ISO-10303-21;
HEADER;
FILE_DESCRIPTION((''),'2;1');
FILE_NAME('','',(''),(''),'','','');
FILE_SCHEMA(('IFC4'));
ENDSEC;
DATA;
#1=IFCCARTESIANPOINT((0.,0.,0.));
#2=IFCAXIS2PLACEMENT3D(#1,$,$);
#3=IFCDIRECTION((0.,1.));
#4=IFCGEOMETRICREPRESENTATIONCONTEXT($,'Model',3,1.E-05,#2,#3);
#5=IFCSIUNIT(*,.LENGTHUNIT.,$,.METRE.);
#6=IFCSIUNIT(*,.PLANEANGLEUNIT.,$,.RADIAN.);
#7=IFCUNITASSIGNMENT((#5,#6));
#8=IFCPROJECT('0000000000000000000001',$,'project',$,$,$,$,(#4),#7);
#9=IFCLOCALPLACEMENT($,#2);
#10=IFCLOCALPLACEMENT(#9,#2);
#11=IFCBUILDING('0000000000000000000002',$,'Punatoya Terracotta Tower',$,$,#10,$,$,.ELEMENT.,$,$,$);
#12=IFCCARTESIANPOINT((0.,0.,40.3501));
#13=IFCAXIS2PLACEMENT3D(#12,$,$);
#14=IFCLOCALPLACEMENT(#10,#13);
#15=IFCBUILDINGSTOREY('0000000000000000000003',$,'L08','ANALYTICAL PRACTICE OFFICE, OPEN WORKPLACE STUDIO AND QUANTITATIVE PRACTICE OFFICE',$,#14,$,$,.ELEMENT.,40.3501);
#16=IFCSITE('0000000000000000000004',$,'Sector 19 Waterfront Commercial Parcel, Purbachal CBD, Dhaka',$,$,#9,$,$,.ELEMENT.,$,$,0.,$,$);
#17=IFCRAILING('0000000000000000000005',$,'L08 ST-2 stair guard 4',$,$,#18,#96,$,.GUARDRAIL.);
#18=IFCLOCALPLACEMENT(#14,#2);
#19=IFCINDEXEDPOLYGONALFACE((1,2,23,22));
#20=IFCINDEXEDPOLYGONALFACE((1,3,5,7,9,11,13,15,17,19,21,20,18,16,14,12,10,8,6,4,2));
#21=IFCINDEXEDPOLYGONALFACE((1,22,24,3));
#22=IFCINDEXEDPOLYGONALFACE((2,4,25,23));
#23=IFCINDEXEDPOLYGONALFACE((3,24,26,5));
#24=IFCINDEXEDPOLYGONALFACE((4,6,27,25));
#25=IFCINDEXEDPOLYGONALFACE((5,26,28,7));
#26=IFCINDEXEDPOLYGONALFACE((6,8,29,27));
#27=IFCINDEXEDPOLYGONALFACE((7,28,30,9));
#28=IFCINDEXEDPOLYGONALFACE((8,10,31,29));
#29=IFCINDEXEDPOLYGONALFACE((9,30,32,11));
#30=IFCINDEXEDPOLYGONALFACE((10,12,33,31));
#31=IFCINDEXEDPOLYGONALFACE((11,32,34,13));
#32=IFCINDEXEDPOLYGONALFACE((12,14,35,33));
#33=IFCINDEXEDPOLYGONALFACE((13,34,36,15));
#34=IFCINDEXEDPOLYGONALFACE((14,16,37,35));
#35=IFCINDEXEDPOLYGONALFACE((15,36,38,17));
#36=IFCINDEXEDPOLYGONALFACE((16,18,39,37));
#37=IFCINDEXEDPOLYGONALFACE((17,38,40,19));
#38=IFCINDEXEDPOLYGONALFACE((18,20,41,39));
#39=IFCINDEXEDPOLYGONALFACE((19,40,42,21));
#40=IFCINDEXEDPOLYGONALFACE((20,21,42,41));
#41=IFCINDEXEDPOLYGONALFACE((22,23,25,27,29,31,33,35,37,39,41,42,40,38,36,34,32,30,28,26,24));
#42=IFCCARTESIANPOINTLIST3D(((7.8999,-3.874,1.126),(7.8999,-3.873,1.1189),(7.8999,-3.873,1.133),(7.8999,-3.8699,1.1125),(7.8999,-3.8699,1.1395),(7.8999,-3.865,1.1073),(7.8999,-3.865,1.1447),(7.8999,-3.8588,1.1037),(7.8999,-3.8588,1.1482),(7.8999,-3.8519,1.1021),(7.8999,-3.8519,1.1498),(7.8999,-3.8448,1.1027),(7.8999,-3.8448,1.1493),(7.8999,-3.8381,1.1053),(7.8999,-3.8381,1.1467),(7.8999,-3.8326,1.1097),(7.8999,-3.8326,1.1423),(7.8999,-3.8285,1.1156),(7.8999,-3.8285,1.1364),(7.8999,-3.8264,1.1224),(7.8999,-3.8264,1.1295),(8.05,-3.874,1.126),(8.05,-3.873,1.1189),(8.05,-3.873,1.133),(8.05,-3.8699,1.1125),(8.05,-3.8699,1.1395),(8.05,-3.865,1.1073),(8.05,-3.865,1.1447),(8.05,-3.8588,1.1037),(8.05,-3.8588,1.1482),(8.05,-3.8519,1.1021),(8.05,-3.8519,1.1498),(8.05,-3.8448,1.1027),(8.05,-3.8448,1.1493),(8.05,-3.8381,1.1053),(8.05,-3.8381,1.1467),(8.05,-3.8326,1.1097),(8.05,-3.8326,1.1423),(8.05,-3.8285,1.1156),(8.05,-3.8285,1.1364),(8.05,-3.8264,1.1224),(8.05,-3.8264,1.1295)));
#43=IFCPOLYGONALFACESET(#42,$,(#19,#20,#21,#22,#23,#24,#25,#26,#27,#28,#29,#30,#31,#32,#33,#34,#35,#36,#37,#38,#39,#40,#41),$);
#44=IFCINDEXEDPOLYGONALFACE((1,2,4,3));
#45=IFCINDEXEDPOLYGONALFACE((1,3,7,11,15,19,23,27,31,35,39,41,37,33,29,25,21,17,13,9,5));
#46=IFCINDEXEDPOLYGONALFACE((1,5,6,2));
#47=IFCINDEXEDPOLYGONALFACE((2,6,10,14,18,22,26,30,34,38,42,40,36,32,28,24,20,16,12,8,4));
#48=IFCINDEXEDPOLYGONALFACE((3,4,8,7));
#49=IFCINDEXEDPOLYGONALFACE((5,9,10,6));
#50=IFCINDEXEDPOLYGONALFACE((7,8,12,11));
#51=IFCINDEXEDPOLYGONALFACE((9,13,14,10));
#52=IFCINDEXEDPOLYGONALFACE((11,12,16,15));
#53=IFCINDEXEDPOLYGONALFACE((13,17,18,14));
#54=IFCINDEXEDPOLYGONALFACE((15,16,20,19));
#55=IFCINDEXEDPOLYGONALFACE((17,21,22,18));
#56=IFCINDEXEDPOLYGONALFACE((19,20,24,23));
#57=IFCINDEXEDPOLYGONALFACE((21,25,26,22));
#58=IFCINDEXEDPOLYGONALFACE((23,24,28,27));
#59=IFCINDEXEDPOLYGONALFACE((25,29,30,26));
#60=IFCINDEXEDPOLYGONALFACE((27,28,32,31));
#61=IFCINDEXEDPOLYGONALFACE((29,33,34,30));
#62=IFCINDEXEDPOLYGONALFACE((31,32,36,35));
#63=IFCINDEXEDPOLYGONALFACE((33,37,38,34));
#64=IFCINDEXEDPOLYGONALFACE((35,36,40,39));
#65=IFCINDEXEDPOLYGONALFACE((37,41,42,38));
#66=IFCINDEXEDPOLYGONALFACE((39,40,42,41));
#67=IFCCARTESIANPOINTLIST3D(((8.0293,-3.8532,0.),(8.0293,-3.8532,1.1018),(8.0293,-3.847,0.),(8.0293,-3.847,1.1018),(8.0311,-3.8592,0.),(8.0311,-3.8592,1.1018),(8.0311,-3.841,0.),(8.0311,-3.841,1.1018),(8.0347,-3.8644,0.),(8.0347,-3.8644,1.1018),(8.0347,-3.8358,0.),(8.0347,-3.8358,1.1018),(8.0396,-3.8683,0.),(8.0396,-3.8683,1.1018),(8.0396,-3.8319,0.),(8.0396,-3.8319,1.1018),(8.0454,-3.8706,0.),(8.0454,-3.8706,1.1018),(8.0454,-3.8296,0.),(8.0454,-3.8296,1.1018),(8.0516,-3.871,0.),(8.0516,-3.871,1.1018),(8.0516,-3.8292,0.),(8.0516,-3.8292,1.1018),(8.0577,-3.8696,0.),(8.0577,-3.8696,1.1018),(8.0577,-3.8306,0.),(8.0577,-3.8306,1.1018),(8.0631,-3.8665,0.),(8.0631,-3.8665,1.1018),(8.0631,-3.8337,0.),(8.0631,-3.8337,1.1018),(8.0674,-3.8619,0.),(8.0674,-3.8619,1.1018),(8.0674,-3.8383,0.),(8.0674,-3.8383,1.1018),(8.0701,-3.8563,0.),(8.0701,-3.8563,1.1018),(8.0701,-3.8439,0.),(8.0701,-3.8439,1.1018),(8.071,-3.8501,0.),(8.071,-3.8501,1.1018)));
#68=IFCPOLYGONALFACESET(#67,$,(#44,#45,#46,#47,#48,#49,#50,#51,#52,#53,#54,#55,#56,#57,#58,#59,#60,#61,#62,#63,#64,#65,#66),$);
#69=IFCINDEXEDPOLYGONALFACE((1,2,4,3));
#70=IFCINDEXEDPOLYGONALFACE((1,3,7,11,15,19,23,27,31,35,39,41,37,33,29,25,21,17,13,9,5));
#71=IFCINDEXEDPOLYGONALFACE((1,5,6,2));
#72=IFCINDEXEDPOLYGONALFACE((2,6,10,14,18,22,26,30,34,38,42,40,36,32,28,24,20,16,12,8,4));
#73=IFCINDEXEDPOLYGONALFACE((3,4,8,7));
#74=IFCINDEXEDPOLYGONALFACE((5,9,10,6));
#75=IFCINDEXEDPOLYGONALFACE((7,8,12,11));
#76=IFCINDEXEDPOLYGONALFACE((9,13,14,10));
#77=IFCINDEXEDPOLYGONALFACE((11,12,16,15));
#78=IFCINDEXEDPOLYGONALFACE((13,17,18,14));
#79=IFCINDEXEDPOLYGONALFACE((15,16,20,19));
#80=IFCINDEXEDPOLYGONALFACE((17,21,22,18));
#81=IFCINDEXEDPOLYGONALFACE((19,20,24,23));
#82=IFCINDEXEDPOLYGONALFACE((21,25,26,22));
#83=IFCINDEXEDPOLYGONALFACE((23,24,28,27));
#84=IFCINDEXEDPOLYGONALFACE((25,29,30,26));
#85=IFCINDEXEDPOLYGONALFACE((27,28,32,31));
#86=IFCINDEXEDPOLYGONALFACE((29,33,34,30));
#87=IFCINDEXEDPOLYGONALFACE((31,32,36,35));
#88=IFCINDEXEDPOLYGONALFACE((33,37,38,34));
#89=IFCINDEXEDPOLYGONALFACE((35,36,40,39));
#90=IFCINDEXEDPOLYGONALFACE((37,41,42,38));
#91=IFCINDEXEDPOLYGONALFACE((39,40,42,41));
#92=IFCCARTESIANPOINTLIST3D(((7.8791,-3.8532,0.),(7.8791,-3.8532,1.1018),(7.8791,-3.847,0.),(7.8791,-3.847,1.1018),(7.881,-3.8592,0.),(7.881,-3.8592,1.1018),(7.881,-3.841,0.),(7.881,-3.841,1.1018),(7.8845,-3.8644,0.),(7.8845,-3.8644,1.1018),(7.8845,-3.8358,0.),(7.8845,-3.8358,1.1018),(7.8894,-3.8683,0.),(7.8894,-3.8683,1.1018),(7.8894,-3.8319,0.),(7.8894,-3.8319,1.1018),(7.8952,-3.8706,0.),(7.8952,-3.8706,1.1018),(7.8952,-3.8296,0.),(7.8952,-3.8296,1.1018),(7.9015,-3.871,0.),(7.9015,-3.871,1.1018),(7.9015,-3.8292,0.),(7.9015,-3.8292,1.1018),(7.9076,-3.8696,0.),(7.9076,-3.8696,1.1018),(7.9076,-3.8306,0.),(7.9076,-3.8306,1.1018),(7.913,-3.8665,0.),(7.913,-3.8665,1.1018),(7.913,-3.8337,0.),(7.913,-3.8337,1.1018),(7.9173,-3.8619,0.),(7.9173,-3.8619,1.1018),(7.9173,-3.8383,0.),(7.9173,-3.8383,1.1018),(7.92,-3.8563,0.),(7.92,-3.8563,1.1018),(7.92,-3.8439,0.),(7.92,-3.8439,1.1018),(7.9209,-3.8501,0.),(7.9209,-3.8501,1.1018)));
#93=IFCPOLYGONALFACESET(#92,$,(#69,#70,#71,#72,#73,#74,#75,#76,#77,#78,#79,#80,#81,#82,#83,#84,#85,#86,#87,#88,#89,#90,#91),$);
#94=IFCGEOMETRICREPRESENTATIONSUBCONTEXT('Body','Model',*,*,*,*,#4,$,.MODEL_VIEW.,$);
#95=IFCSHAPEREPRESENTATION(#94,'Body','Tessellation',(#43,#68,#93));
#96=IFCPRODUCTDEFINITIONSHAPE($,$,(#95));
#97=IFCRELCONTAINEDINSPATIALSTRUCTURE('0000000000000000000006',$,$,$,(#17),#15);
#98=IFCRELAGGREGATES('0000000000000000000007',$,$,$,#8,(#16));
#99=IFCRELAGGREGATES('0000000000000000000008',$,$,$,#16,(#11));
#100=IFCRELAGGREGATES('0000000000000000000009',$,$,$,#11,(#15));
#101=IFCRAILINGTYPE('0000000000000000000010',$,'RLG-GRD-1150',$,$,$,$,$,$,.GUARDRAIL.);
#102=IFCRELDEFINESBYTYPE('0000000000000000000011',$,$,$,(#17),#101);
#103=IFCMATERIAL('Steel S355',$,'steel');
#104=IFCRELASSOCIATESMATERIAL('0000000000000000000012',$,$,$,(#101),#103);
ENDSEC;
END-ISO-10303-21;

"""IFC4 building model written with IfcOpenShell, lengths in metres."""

from ifc_helpers import new_model, si_unit, direction, frame, origin, origin_2d, place, context, subcontext, project, spatial, circle, extrude, material, type_object, element, save


model = new_model("IFC4")

# Units and contexts
model_context = context("Model", 3, precision=1e-05, world=origin(), true_north=direction((0.0, 1.0)))
body_context = subcontext(model_context, "Body", "Model", "MODEL_VIEW")
ifc_project = project(units=[si_unit("LENGTHUNIT", "METRE"), si_unit("PLANEANGLEUNIT", "RADIAN")], contexts=[model_context])

# Site, building, storey
site_placement = place(None, origin())
site = spatial("IfcSite", under=ifc_project, at=site_placement, Name="Sector 19 Waterfront Commercial Parcel, Purbachal CBD, Dhaka", CompositionType="ELEMENT", RefElevation=0.0)
building_placement = place(site_placement, origin())
building = spatial("IfcBuilding", under=site, at=building_placement, Name="Punatoya Terracotta Tower", CompositionType="ELEMENT")
storey_placement = place(building_placement, frame((0.0, 0.0, 40.3501)))
storey = spatial("IfcBuildingStorey", under=building, at=storey_placement, Name="L08", Description="ANALYTICAL PRACTICE OFFICE, OPEN WORKPLACE STUDIO AND QUANTITATIVE PRACTICE OFFICE", CompositionType="ELEMENT", Elevation=40.3501)

# Shared definitions
ifc_material_1 = material(Name="Steel S355", Category="steel")

# Railing
railing_type_1 = type_object("IfcRailingType", Name="RLG-GRD-1150", PredefinedType="GUARDRAIL", material=ifc_material_1)
railing_1_placement = place(storey_placement, frame((8.05, -3.8501, 0.0)))
element("IfcRailing", 1, at=railing_1_placement, inside=storey, type_object=railing_type_1, Name="L08 ST-2 stair guard 4", PredefinedType="GUARDRAIL", context=body_context, shape_type="SweptSolid", body=[
    extrude(circle(Radius=0.0239, at=origin_2d()), frame((0.0, 0.0, 1.126), z_axis=(-1.0, 0.0, 0.0), x_axis=(0.0, -1.0, 0.0)), (0.0, 0.0, 1.0), 0.1501),
    extrude(circle(Radius=0.021, at=origin_2d()), origin(), (0.0, 0.0, 1.0), 1.1018),
    extrude(circle(Radius=0.021, at=origin_2d()), frame((-0.1501, 0.0, 0.0)), (0.0, 0.0, 1.0), 1.1018),
])

save(model, "model.ifc")
